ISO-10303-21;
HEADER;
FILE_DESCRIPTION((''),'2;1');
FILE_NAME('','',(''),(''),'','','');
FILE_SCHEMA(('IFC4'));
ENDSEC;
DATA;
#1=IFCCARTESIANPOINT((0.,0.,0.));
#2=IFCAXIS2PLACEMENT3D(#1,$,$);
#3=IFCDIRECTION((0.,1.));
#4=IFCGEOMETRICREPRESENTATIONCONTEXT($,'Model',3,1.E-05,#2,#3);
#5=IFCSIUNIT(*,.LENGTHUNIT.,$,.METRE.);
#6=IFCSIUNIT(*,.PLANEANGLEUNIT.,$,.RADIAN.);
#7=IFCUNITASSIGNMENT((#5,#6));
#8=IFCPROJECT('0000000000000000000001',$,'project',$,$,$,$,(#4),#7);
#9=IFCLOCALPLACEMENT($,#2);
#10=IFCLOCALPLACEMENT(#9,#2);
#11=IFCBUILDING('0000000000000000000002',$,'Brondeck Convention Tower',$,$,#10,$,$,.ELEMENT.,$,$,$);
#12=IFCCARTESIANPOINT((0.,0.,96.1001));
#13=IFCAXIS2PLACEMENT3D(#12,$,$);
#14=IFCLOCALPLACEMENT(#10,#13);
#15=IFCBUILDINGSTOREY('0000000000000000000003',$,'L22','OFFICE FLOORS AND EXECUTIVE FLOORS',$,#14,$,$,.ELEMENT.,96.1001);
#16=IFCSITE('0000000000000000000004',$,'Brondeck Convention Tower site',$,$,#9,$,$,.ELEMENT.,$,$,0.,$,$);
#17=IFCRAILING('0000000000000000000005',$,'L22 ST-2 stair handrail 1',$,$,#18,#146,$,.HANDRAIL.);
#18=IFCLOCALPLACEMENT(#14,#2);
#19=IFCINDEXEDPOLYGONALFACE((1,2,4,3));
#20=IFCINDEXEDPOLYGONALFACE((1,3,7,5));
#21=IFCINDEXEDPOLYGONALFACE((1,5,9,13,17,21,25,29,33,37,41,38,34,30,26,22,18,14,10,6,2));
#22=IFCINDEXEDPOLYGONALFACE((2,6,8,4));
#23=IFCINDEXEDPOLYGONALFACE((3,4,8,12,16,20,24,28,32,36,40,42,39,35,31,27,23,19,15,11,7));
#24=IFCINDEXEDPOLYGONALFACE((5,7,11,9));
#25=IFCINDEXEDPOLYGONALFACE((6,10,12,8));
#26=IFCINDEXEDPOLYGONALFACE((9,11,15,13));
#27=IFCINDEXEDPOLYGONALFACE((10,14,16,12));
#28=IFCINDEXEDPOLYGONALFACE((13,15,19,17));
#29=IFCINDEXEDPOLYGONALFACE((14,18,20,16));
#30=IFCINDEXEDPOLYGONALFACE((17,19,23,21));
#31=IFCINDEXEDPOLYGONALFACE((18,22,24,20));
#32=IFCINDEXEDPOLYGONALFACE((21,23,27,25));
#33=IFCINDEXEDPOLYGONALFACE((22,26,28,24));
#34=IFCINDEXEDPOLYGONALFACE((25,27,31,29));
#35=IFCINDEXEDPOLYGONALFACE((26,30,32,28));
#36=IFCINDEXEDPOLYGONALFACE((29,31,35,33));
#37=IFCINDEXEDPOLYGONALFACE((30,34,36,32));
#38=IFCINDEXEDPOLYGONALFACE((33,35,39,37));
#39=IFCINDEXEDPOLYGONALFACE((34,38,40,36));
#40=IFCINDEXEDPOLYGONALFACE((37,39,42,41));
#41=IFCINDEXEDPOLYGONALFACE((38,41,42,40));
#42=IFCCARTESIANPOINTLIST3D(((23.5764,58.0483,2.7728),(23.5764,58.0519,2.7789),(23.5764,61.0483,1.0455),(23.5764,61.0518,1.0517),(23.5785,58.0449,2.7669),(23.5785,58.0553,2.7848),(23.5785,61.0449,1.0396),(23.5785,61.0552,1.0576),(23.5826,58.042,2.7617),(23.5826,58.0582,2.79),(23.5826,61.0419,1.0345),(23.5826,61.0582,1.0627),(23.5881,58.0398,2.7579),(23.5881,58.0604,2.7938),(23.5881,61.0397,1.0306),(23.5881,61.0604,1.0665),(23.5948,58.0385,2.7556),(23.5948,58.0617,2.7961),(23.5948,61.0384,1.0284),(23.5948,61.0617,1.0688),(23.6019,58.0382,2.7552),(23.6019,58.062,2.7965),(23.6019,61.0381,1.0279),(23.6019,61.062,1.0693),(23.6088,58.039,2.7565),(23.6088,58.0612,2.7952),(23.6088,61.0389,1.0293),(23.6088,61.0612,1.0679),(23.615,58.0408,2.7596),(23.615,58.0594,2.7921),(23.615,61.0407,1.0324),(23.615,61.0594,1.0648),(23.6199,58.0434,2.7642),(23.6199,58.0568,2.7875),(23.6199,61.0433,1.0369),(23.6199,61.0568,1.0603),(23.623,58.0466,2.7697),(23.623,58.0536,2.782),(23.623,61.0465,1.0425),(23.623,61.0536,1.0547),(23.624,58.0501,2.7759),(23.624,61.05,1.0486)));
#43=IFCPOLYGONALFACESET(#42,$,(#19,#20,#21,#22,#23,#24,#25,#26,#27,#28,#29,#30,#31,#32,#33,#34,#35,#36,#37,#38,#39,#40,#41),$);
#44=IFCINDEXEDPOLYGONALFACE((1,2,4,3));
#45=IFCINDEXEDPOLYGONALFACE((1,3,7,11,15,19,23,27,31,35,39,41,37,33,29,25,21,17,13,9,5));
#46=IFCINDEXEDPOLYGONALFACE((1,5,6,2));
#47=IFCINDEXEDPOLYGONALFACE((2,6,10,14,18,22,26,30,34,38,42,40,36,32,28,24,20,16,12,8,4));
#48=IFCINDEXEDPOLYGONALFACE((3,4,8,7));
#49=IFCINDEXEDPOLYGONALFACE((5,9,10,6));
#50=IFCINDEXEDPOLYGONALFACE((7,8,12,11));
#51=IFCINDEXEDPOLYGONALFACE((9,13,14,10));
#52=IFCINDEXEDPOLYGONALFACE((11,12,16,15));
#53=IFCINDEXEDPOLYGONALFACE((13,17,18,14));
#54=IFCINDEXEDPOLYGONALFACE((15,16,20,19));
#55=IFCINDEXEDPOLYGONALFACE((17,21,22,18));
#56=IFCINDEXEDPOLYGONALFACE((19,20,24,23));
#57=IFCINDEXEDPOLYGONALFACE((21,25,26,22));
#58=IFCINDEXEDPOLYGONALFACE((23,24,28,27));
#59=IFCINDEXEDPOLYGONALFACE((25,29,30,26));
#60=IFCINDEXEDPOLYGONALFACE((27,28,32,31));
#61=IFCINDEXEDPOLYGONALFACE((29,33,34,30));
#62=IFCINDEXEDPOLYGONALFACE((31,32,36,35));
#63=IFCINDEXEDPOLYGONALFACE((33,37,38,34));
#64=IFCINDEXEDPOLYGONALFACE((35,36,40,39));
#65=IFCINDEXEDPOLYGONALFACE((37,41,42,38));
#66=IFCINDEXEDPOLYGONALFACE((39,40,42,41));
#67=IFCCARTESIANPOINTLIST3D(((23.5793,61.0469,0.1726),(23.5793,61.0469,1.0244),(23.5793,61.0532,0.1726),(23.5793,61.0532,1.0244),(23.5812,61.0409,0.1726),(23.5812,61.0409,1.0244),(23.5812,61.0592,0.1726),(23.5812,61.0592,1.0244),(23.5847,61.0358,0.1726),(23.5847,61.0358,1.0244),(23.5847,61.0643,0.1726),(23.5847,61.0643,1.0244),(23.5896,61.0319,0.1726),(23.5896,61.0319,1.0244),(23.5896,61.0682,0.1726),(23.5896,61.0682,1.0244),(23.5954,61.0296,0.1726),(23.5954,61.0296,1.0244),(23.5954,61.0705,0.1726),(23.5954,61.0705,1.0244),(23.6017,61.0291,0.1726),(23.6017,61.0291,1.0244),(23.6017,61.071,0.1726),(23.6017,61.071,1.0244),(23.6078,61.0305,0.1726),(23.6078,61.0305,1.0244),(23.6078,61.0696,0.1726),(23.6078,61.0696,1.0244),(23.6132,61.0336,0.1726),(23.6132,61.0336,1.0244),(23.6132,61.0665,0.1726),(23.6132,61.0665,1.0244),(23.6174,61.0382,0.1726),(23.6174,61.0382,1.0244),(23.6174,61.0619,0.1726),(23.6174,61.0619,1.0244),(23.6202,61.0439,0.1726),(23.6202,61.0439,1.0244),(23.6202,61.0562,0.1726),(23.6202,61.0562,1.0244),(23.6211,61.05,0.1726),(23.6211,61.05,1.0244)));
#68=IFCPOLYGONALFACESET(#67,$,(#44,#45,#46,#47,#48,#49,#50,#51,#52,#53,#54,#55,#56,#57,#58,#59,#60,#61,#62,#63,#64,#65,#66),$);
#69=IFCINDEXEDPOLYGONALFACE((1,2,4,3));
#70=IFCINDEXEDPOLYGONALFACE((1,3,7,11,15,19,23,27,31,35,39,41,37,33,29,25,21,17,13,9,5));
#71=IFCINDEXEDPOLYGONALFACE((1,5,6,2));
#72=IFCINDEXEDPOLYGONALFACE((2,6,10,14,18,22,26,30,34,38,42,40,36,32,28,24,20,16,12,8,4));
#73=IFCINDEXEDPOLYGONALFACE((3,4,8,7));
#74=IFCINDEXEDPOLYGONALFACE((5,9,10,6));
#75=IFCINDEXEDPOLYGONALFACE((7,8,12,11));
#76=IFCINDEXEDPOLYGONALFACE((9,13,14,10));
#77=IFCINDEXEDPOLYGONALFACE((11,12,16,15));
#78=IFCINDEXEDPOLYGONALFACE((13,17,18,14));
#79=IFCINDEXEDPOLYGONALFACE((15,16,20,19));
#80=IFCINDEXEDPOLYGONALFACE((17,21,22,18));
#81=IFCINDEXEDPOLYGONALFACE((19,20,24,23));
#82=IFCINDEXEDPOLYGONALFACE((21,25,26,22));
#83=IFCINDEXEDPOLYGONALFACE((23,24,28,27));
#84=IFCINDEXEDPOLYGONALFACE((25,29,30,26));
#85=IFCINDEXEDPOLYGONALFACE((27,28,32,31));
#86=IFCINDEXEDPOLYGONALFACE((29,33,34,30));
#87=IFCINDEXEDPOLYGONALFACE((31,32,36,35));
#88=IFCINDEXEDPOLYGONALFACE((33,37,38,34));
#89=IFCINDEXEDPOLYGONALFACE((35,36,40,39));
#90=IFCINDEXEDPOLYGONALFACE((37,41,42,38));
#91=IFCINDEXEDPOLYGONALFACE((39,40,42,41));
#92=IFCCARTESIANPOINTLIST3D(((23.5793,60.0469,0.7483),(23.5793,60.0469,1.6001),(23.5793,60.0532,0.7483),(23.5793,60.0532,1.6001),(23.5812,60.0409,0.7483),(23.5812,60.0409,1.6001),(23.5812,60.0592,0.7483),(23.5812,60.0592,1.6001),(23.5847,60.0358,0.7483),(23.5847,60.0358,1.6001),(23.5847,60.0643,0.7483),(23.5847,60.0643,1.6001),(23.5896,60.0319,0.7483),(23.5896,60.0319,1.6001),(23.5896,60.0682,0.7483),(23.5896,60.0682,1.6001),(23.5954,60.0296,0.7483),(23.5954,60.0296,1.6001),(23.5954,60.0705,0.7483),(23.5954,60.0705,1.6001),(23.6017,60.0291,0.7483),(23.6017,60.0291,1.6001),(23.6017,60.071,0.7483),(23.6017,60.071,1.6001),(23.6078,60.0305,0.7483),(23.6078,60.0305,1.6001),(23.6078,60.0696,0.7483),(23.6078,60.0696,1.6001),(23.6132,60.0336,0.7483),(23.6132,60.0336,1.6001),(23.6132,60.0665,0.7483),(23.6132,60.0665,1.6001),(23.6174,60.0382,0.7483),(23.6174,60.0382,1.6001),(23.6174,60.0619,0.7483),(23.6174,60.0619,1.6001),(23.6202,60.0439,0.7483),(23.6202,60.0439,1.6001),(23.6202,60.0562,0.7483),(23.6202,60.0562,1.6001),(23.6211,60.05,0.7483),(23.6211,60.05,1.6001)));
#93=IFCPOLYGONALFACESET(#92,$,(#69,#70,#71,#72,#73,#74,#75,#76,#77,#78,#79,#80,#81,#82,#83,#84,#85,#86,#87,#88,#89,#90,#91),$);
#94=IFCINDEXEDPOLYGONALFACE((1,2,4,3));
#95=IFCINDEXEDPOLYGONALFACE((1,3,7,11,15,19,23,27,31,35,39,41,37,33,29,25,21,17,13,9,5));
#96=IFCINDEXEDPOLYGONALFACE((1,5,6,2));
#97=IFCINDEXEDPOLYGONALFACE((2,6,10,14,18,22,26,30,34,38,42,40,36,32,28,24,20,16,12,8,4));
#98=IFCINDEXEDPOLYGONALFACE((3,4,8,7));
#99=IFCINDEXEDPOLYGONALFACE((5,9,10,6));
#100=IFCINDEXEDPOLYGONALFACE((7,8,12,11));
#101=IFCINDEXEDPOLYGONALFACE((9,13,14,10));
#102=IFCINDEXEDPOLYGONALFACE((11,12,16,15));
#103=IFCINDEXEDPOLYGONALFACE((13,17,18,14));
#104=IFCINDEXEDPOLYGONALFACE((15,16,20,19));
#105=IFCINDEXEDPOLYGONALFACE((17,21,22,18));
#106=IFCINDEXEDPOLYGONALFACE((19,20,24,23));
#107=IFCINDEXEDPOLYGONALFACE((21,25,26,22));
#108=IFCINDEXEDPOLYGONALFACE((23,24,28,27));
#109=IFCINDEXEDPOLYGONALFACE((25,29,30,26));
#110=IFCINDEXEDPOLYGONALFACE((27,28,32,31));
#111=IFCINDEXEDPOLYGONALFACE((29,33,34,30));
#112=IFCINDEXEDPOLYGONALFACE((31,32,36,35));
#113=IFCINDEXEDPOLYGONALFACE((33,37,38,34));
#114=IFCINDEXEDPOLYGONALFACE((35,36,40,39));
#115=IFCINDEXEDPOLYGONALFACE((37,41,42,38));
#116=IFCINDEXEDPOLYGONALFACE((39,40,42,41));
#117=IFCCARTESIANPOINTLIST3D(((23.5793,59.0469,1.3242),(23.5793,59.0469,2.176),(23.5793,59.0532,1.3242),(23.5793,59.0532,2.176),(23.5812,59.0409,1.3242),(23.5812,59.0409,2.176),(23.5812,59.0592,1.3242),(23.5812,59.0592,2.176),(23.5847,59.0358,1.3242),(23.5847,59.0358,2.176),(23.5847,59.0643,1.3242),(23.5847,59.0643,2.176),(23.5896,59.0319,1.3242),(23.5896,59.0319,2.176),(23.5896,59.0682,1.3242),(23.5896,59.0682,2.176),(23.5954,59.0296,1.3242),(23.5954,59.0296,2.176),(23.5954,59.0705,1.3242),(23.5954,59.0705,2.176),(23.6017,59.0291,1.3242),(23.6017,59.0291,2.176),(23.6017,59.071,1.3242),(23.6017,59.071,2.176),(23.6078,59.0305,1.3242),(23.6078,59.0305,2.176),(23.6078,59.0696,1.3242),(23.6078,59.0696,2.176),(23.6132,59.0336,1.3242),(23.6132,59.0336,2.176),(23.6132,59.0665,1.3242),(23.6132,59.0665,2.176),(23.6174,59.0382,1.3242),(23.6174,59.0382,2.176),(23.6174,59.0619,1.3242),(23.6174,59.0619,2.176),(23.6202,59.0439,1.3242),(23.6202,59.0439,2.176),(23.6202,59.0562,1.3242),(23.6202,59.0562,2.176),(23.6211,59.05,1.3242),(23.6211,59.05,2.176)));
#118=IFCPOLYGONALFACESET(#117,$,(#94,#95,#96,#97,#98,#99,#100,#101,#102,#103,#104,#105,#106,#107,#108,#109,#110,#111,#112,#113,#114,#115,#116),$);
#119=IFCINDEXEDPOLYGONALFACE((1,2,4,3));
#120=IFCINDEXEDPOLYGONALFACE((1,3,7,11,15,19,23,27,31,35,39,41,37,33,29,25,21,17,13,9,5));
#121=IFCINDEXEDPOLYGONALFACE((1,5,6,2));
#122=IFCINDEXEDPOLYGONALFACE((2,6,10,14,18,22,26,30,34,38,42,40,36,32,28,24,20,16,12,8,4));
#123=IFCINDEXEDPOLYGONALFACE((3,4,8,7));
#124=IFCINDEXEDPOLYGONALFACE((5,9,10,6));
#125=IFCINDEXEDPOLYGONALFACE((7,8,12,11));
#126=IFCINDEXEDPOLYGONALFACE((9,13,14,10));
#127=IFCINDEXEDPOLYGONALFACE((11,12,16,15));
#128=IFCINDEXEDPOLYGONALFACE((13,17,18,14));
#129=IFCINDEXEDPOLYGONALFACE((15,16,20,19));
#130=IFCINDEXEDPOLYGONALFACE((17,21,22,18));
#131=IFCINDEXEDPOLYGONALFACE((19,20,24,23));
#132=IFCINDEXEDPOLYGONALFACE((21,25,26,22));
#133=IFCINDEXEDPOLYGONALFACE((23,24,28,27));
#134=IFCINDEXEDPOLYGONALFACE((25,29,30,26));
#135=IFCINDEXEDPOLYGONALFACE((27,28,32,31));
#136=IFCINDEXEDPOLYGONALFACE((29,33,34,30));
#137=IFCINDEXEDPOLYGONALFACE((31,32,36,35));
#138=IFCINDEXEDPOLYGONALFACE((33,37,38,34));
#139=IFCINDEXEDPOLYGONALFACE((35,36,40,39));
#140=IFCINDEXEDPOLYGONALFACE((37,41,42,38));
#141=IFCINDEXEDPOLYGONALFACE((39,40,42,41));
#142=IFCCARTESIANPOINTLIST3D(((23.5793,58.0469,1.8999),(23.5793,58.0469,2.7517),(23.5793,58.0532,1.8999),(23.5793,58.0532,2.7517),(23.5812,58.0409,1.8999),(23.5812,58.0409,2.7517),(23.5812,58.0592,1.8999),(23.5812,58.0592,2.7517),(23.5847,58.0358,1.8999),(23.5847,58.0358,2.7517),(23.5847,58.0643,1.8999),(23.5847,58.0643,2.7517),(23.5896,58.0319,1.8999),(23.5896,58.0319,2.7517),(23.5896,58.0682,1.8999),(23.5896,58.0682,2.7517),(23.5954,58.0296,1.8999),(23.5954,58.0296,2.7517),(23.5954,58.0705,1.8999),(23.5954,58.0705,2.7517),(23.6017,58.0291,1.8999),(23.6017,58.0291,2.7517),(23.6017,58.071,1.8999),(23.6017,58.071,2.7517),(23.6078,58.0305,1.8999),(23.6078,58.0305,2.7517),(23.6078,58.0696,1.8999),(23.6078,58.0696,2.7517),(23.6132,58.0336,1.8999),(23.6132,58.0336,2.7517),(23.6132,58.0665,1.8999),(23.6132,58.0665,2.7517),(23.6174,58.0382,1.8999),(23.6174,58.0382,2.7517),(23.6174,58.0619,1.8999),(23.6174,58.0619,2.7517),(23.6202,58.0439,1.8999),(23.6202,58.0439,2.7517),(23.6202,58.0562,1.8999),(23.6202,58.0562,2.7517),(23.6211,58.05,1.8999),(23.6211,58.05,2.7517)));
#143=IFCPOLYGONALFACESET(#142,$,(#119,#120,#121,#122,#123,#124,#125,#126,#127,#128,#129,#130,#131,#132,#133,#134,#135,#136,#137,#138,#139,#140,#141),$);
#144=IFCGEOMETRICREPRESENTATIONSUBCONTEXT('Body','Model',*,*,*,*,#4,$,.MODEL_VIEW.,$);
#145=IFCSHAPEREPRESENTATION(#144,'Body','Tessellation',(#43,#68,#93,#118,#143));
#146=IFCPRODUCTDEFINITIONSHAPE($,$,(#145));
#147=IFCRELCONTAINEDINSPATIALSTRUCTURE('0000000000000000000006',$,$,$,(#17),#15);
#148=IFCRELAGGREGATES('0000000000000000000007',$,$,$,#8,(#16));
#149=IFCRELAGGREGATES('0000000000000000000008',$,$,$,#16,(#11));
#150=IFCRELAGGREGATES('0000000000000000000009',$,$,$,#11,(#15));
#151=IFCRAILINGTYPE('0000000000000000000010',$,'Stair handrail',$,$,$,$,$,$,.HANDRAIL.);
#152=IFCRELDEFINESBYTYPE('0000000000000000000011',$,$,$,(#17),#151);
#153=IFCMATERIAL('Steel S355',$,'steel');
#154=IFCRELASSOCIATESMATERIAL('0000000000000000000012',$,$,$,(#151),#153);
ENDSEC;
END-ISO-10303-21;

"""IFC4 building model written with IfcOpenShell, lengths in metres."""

from ifc_helpers import new_model, si_unit, direction, frame, origin, origin_2d, place, context, subcontext, project, spatial, circle, extrude, material, type_object, element, save


model = new_model("IFC4")

# Units and contexts
model_context = context("Model", 3, precision=1e-05, world=origin(), true_north=direction((0.0, 1.0)))
body_context = subcontext(model_context, "Body", "Model", "MODEL_VIEW")
ifc_project = project(units=[si_unit("LENGTHUNIT", "METRE"), si_unit("PLANEANGLEUNIT", "RADIAN")], contexts=[model_context])

# Site, building, storey
site_placement = place(None, origin())
site = spatial("IfcSite", under=ifc_project, at=site_placement, Name="Brondeck Convention Tower site", CompositionType="ELEMENT", RefElevation=0.0)
building_placement = place(site_placement, origin())
building = spatial("IfcBuilding", under=site, at=building_placement, Name="Brondeck Convention Tower", CompositionType="ELEMENT")
storey_placement = place(building_placement, frame((0.0, 0.0, 96.1001)))
storey = spatial("IfcBuildingStorey", under=building, at=storey_placement, Name="L22", Description="OFFICE FLOORS AND EXECUTIVE FLOORS", CompositionType="ELEMENT", Elevation=96.1001)

# Railing
ifc_material_1 = material(Name="Steel S355", Category="steel")
railing_type_1 = type_object("IfcRailingType", Name="Stair handrail", PredefinedType="HANDRAIL", material=ifc_material_1)
railing_1_placement = place(storey_placement, frame((23.6001, 61.05, 0.1726)))
element("IfcRailing", 1, at=railing_1_placement, inside=storey, type_object=railing_type_1, Name="L22 ST-2 stair handrail 1", PredefinedType="HANDRAIL", context=body_context, shape_type="SweptSolid", body=[
    extrude(circle(Radius=0.0239, at=origin_2d()), frame((0.0, 0.0, 0.876), z_axis=(0.0, -0.86662, 0.498969), x_axis=(1.0, 0.0, 0.0)), (0.0, 0.0, 1.0), 3.4617),
    extrude(circle(Radius=0.021, at=origin_2d()), origin(), (0.0, 0.0, 1.0), 0.8518),
    extrude(circle(Radius=0.021, at=origin_2d()), frame((0.0, -1.0, 0.5757)), (0.0, 0.0, 1.0), 0.8518),
    extrude(circle(Radius=0.021, at=origin_2d()), frame((0.0, -2.0, 1.1516)), (0.0, 0.0, 1.0), 0.8518),
    extrude(circle(Radius=0.021, at=origin_2d()), frame((0.0, -3.0, 1.7273)), (0.0, 0.0, 1.0), 0.8518),
])

save(model, "model.ifc")
